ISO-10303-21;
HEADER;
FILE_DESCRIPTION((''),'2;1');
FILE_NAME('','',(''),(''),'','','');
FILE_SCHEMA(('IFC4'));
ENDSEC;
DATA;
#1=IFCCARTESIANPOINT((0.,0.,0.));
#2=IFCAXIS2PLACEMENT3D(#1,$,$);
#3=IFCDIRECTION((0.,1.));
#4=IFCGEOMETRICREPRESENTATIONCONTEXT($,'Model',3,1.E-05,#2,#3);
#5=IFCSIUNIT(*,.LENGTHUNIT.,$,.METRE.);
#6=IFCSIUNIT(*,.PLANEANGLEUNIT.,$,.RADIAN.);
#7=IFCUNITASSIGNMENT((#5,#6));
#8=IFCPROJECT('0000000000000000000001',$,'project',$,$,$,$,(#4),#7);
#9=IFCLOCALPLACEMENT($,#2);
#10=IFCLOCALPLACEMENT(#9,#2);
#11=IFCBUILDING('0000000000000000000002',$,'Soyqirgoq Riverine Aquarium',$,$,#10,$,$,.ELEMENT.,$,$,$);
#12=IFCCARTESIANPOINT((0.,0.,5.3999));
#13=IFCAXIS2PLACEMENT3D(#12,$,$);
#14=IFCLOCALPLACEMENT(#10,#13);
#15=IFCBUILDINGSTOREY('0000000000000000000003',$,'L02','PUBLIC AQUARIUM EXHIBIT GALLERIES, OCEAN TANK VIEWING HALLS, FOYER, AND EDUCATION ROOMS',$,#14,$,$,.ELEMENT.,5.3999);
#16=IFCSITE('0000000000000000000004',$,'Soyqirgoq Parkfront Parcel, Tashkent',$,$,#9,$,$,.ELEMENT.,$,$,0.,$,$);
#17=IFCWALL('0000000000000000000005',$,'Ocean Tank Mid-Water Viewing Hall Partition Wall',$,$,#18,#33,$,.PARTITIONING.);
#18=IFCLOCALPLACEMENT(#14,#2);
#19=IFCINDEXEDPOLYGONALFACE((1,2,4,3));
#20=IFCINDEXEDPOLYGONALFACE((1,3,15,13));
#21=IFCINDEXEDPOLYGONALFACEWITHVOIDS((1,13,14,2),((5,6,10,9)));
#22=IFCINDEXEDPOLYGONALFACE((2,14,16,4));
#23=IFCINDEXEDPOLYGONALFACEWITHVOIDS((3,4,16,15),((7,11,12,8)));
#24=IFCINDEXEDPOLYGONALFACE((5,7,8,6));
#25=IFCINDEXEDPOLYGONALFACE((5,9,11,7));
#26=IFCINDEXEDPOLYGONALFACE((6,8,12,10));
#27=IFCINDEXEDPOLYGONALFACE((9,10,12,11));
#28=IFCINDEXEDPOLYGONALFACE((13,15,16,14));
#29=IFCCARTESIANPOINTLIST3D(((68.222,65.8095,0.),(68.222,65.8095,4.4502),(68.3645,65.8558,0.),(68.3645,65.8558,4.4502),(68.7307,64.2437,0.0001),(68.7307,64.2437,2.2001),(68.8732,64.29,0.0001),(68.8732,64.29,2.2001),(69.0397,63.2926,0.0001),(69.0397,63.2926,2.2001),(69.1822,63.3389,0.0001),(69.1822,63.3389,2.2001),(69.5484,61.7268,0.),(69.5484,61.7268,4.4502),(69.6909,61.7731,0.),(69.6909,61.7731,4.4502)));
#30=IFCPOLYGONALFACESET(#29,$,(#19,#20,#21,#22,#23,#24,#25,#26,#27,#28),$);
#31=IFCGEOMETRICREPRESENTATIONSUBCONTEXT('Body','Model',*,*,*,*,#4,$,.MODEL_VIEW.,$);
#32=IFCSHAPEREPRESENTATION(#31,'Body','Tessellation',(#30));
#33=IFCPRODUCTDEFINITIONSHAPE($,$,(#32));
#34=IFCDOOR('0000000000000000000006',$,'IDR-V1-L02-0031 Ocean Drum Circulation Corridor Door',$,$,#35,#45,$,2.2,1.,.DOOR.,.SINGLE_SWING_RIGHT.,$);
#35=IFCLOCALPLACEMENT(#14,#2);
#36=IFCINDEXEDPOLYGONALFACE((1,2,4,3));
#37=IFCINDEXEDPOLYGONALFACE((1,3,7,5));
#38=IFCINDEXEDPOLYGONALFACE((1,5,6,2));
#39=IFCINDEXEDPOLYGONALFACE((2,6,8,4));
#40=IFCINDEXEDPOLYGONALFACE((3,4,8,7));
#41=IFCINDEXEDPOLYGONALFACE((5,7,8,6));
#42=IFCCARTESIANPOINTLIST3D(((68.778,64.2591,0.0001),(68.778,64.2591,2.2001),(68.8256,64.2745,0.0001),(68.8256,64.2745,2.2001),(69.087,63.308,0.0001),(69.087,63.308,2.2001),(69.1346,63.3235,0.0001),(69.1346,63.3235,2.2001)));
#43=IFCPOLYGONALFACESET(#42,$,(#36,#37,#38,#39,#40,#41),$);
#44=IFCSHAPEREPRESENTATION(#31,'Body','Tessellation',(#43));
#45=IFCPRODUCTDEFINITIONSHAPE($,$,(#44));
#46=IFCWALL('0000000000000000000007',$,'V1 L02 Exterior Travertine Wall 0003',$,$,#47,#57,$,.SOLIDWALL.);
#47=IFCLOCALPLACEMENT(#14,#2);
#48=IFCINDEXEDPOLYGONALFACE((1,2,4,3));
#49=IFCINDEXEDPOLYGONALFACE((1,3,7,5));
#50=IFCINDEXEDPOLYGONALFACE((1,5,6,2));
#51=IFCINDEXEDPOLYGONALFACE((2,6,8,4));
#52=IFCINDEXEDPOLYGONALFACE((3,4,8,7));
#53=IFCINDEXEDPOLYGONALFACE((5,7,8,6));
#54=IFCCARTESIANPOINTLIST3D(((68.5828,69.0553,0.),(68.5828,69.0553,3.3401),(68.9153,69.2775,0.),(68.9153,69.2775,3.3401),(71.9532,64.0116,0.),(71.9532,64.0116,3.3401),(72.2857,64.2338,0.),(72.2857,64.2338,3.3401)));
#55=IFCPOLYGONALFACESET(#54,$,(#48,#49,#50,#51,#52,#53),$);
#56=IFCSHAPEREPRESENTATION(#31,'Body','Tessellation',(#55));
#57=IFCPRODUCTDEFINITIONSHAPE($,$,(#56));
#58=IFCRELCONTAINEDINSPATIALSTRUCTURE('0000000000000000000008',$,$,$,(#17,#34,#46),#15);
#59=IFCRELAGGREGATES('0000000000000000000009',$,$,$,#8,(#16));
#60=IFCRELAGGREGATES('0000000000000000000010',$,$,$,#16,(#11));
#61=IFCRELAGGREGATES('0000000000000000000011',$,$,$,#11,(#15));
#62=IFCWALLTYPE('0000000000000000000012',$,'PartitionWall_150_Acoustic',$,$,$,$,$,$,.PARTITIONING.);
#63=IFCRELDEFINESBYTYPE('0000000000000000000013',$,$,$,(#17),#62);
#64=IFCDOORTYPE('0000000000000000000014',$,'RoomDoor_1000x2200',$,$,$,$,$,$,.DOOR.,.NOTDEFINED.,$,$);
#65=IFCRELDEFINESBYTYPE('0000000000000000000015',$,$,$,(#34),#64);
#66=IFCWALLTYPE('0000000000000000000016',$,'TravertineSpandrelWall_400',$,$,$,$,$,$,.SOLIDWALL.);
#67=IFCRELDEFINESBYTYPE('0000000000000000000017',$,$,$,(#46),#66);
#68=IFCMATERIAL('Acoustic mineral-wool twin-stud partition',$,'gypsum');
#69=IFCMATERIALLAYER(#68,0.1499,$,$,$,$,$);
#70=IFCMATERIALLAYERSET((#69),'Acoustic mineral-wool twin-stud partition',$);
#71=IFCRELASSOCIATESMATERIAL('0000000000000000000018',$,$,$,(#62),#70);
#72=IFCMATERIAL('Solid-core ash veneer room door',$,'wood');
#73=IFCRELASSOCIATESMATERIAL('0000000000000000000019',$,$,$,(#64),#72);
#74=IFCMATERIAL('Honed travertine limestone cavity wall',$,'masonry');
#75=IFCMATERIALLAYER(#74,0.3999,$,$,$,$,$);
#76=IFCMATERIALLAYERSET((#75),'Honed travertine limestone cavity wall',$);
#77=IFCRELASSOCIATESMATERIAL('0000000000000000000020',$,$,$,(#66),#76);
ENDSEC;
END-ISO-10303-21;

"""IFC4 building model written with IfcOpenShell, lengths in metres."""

from ifc_helpers import new_model, si_unit, direction, frame, frame_2d, origin, place, context, subcontext, project, spatial, rectangle, extrude, material, layer, layer_set, type_object, element, fill, save


model = new_model("IFC4")

# Units and contexts
model_context = context("Model", 3, precision=1e-05, world=origin(), true_north=direction((0.0, 1.0)))
body_context = subcontext(model_context, "Body", "Model", "MODEL_VIEW")
ifc_project = project(units=[si_unit("LENGTHUNIT", "METRE"), si_unit("PLANEANGLEUNIT", "RADIAN")], contexts=[model_context])

# Site, building, storey
site_placement = place(None, origin())
site = spatial("IfcSite", under=ifc_project, at=site_placement, Name="Soyqirgoq Parkfront Parcel, Tashkent", CompositionType="ELEMENT", RefElevation=0.0)
building_placement = place(site_placement, origin())
building = spatial("IfcBuilding", under=site, at=building_placement, Name="Soyqirgoq Riverine Aquarium", CompositionType="ELEMENT")
storey_placement = place(building_placement, frame((0.0, 0.0, 5.3999)))
storey = spatial("IfcBuildingStorey", under=building, at=storey_placement, Name="L02", Description="PUBLIC AQUARIUM EXHIBIT GALLERIES, OCEAN TANK VIEWING HALLS, FOYER, AND EDUCATION ROOMS", CompositionType="ELEMENT", Elevation=5.3999)

# Wall, opening, door
ifc_material_1 = material(Name="Acoustic mineral-wool twin-stud partition", Category="gypsum")
ifc_layer_1 = layer(ifc_material_1, 0.1499)
ifc_layer_set_1 = layer_set([ifc_layer_1], Name="Acoustic mineral-wool twin-stud partition")
wall_type_1 = type_object("IfcWallType", Name="PartitionWall_150_Acoustic", PredefinedType="PARTITIONING", material=ifc_layer_set_1)
wall_1_placement = place(storey_placement, frame((68.2932, 65.8328, 0.0), z_axis=(0.0, 0.0, 1.0), x_axis=(0.308984, -0.951067, 0.0)))
wall_1 = element("IfcWall", 1, at=wall_1_placement, inside=storey, type_object=wall_type_1, Name="Ocean Tank Mid-Water Viewing Hall Partition Wall", PredefinedType="PARTITIONING", context=body_context, shape_type="SweptSolid", body=[
    extrude(rectangle(XDim=4.2927, YDim=0.1499, at=frame_2d((2.1465, 0.0))), origin(), (0.0, 0.0, 1.0), 4.4502),
])
opening_1_placement = place(wall_1_placement, frame((1.6465, 0.0, 0.0)))
opening_1 = element("IfcOpeningElement", 2, at=opening_1_placement, cuts=wall_1, PredefinedType="OPENING", context=body_context, shape_type="SweptSolid", body=[
    extrude(rectangle(XDim=1.0, YDim=2.2, at=frame_2d((0.5, 1.1001))), frame((0.0, 0.085, 0.0), z_axis=(0.0, -1.0, 0.0), x_axis=(1.0, 0.0, 0.0)), (0.0, 0.0, 1.0), 0.1699),
])
ifc_material_2 = material(Name="Solid-core ash veneer room door", Category="wood")
door_type_1 = type_object("IfcDoorType", Name="RoomDoor_1000x2200", OperationType="NOTDEFINED", PredefinedType="DOOR", material=ifc_material_2)
door_1_placement = place(opening_1_placement, origin())
door_1 = element("IfcDoor", 3, at=door_1_placement, inside=storey, type_object=door_type_1, Name="IDR-V1-L02-0031 Ocean Drum Circulation Corridor Door", OperationType="SINGLE_SWING_RIGHT", OverallHeight=2.2, OverallWidth=1.0, PredefinedType="DOOR", context=body_context, shape_type="SweptSolid", body=[
    extrude(rectangle(XDim=1.0, YDim=2.2, at=frame_2d((0.5, 1.1001))), frame((0.0, 0.0249, 0.0), z_axis=(0.0, -1.0, 0.0), x_axis=(1.0, 0.0, 0.0)), (0.0, 0.0, 1.0), 0.05),
])
fill(opening_1, door_1)

# Wall
ifc_material_3 = material(Name="Honed travertine limestone cavity wall", Category="masonry")
ifc_layer_2 = layer(ifc_material_3, 0.3999)
ifc_layer_set_2 = layer_set([ifc_layer_2], Name="Honed travertine limestone cavity wall")
wall_type_2 = type_object("IfcWallType", Name="TravertineSpandrelWall_400", PredefinedType="SOLIDWALL", material=ifc_layer_set_2)
wall_2_placement = place(storey_placement, frame((68.749, 69.1665, 0.0), z_axis=(0.0, 0.0, 1.0), x_axis=(0.555601, -0.831449, 0.0)))
element("IfcWall", 4, at=wall_2_placement, inside=storey, type_object=wall_type_2, Name="V1 L02 Exterior Travertine Wall 0003", PredefinedType="SOLIDWALL", context=body_context, shape_type="SweptSolid", body=[
    extrude(rectangle(XDim=6.0662, YDim=0.3999, at=frame_2d((3.0332, 0.0))), origin(), (0.0, 0.0, 1.0), 3.3401),
])

save(model, "model.ifc")
